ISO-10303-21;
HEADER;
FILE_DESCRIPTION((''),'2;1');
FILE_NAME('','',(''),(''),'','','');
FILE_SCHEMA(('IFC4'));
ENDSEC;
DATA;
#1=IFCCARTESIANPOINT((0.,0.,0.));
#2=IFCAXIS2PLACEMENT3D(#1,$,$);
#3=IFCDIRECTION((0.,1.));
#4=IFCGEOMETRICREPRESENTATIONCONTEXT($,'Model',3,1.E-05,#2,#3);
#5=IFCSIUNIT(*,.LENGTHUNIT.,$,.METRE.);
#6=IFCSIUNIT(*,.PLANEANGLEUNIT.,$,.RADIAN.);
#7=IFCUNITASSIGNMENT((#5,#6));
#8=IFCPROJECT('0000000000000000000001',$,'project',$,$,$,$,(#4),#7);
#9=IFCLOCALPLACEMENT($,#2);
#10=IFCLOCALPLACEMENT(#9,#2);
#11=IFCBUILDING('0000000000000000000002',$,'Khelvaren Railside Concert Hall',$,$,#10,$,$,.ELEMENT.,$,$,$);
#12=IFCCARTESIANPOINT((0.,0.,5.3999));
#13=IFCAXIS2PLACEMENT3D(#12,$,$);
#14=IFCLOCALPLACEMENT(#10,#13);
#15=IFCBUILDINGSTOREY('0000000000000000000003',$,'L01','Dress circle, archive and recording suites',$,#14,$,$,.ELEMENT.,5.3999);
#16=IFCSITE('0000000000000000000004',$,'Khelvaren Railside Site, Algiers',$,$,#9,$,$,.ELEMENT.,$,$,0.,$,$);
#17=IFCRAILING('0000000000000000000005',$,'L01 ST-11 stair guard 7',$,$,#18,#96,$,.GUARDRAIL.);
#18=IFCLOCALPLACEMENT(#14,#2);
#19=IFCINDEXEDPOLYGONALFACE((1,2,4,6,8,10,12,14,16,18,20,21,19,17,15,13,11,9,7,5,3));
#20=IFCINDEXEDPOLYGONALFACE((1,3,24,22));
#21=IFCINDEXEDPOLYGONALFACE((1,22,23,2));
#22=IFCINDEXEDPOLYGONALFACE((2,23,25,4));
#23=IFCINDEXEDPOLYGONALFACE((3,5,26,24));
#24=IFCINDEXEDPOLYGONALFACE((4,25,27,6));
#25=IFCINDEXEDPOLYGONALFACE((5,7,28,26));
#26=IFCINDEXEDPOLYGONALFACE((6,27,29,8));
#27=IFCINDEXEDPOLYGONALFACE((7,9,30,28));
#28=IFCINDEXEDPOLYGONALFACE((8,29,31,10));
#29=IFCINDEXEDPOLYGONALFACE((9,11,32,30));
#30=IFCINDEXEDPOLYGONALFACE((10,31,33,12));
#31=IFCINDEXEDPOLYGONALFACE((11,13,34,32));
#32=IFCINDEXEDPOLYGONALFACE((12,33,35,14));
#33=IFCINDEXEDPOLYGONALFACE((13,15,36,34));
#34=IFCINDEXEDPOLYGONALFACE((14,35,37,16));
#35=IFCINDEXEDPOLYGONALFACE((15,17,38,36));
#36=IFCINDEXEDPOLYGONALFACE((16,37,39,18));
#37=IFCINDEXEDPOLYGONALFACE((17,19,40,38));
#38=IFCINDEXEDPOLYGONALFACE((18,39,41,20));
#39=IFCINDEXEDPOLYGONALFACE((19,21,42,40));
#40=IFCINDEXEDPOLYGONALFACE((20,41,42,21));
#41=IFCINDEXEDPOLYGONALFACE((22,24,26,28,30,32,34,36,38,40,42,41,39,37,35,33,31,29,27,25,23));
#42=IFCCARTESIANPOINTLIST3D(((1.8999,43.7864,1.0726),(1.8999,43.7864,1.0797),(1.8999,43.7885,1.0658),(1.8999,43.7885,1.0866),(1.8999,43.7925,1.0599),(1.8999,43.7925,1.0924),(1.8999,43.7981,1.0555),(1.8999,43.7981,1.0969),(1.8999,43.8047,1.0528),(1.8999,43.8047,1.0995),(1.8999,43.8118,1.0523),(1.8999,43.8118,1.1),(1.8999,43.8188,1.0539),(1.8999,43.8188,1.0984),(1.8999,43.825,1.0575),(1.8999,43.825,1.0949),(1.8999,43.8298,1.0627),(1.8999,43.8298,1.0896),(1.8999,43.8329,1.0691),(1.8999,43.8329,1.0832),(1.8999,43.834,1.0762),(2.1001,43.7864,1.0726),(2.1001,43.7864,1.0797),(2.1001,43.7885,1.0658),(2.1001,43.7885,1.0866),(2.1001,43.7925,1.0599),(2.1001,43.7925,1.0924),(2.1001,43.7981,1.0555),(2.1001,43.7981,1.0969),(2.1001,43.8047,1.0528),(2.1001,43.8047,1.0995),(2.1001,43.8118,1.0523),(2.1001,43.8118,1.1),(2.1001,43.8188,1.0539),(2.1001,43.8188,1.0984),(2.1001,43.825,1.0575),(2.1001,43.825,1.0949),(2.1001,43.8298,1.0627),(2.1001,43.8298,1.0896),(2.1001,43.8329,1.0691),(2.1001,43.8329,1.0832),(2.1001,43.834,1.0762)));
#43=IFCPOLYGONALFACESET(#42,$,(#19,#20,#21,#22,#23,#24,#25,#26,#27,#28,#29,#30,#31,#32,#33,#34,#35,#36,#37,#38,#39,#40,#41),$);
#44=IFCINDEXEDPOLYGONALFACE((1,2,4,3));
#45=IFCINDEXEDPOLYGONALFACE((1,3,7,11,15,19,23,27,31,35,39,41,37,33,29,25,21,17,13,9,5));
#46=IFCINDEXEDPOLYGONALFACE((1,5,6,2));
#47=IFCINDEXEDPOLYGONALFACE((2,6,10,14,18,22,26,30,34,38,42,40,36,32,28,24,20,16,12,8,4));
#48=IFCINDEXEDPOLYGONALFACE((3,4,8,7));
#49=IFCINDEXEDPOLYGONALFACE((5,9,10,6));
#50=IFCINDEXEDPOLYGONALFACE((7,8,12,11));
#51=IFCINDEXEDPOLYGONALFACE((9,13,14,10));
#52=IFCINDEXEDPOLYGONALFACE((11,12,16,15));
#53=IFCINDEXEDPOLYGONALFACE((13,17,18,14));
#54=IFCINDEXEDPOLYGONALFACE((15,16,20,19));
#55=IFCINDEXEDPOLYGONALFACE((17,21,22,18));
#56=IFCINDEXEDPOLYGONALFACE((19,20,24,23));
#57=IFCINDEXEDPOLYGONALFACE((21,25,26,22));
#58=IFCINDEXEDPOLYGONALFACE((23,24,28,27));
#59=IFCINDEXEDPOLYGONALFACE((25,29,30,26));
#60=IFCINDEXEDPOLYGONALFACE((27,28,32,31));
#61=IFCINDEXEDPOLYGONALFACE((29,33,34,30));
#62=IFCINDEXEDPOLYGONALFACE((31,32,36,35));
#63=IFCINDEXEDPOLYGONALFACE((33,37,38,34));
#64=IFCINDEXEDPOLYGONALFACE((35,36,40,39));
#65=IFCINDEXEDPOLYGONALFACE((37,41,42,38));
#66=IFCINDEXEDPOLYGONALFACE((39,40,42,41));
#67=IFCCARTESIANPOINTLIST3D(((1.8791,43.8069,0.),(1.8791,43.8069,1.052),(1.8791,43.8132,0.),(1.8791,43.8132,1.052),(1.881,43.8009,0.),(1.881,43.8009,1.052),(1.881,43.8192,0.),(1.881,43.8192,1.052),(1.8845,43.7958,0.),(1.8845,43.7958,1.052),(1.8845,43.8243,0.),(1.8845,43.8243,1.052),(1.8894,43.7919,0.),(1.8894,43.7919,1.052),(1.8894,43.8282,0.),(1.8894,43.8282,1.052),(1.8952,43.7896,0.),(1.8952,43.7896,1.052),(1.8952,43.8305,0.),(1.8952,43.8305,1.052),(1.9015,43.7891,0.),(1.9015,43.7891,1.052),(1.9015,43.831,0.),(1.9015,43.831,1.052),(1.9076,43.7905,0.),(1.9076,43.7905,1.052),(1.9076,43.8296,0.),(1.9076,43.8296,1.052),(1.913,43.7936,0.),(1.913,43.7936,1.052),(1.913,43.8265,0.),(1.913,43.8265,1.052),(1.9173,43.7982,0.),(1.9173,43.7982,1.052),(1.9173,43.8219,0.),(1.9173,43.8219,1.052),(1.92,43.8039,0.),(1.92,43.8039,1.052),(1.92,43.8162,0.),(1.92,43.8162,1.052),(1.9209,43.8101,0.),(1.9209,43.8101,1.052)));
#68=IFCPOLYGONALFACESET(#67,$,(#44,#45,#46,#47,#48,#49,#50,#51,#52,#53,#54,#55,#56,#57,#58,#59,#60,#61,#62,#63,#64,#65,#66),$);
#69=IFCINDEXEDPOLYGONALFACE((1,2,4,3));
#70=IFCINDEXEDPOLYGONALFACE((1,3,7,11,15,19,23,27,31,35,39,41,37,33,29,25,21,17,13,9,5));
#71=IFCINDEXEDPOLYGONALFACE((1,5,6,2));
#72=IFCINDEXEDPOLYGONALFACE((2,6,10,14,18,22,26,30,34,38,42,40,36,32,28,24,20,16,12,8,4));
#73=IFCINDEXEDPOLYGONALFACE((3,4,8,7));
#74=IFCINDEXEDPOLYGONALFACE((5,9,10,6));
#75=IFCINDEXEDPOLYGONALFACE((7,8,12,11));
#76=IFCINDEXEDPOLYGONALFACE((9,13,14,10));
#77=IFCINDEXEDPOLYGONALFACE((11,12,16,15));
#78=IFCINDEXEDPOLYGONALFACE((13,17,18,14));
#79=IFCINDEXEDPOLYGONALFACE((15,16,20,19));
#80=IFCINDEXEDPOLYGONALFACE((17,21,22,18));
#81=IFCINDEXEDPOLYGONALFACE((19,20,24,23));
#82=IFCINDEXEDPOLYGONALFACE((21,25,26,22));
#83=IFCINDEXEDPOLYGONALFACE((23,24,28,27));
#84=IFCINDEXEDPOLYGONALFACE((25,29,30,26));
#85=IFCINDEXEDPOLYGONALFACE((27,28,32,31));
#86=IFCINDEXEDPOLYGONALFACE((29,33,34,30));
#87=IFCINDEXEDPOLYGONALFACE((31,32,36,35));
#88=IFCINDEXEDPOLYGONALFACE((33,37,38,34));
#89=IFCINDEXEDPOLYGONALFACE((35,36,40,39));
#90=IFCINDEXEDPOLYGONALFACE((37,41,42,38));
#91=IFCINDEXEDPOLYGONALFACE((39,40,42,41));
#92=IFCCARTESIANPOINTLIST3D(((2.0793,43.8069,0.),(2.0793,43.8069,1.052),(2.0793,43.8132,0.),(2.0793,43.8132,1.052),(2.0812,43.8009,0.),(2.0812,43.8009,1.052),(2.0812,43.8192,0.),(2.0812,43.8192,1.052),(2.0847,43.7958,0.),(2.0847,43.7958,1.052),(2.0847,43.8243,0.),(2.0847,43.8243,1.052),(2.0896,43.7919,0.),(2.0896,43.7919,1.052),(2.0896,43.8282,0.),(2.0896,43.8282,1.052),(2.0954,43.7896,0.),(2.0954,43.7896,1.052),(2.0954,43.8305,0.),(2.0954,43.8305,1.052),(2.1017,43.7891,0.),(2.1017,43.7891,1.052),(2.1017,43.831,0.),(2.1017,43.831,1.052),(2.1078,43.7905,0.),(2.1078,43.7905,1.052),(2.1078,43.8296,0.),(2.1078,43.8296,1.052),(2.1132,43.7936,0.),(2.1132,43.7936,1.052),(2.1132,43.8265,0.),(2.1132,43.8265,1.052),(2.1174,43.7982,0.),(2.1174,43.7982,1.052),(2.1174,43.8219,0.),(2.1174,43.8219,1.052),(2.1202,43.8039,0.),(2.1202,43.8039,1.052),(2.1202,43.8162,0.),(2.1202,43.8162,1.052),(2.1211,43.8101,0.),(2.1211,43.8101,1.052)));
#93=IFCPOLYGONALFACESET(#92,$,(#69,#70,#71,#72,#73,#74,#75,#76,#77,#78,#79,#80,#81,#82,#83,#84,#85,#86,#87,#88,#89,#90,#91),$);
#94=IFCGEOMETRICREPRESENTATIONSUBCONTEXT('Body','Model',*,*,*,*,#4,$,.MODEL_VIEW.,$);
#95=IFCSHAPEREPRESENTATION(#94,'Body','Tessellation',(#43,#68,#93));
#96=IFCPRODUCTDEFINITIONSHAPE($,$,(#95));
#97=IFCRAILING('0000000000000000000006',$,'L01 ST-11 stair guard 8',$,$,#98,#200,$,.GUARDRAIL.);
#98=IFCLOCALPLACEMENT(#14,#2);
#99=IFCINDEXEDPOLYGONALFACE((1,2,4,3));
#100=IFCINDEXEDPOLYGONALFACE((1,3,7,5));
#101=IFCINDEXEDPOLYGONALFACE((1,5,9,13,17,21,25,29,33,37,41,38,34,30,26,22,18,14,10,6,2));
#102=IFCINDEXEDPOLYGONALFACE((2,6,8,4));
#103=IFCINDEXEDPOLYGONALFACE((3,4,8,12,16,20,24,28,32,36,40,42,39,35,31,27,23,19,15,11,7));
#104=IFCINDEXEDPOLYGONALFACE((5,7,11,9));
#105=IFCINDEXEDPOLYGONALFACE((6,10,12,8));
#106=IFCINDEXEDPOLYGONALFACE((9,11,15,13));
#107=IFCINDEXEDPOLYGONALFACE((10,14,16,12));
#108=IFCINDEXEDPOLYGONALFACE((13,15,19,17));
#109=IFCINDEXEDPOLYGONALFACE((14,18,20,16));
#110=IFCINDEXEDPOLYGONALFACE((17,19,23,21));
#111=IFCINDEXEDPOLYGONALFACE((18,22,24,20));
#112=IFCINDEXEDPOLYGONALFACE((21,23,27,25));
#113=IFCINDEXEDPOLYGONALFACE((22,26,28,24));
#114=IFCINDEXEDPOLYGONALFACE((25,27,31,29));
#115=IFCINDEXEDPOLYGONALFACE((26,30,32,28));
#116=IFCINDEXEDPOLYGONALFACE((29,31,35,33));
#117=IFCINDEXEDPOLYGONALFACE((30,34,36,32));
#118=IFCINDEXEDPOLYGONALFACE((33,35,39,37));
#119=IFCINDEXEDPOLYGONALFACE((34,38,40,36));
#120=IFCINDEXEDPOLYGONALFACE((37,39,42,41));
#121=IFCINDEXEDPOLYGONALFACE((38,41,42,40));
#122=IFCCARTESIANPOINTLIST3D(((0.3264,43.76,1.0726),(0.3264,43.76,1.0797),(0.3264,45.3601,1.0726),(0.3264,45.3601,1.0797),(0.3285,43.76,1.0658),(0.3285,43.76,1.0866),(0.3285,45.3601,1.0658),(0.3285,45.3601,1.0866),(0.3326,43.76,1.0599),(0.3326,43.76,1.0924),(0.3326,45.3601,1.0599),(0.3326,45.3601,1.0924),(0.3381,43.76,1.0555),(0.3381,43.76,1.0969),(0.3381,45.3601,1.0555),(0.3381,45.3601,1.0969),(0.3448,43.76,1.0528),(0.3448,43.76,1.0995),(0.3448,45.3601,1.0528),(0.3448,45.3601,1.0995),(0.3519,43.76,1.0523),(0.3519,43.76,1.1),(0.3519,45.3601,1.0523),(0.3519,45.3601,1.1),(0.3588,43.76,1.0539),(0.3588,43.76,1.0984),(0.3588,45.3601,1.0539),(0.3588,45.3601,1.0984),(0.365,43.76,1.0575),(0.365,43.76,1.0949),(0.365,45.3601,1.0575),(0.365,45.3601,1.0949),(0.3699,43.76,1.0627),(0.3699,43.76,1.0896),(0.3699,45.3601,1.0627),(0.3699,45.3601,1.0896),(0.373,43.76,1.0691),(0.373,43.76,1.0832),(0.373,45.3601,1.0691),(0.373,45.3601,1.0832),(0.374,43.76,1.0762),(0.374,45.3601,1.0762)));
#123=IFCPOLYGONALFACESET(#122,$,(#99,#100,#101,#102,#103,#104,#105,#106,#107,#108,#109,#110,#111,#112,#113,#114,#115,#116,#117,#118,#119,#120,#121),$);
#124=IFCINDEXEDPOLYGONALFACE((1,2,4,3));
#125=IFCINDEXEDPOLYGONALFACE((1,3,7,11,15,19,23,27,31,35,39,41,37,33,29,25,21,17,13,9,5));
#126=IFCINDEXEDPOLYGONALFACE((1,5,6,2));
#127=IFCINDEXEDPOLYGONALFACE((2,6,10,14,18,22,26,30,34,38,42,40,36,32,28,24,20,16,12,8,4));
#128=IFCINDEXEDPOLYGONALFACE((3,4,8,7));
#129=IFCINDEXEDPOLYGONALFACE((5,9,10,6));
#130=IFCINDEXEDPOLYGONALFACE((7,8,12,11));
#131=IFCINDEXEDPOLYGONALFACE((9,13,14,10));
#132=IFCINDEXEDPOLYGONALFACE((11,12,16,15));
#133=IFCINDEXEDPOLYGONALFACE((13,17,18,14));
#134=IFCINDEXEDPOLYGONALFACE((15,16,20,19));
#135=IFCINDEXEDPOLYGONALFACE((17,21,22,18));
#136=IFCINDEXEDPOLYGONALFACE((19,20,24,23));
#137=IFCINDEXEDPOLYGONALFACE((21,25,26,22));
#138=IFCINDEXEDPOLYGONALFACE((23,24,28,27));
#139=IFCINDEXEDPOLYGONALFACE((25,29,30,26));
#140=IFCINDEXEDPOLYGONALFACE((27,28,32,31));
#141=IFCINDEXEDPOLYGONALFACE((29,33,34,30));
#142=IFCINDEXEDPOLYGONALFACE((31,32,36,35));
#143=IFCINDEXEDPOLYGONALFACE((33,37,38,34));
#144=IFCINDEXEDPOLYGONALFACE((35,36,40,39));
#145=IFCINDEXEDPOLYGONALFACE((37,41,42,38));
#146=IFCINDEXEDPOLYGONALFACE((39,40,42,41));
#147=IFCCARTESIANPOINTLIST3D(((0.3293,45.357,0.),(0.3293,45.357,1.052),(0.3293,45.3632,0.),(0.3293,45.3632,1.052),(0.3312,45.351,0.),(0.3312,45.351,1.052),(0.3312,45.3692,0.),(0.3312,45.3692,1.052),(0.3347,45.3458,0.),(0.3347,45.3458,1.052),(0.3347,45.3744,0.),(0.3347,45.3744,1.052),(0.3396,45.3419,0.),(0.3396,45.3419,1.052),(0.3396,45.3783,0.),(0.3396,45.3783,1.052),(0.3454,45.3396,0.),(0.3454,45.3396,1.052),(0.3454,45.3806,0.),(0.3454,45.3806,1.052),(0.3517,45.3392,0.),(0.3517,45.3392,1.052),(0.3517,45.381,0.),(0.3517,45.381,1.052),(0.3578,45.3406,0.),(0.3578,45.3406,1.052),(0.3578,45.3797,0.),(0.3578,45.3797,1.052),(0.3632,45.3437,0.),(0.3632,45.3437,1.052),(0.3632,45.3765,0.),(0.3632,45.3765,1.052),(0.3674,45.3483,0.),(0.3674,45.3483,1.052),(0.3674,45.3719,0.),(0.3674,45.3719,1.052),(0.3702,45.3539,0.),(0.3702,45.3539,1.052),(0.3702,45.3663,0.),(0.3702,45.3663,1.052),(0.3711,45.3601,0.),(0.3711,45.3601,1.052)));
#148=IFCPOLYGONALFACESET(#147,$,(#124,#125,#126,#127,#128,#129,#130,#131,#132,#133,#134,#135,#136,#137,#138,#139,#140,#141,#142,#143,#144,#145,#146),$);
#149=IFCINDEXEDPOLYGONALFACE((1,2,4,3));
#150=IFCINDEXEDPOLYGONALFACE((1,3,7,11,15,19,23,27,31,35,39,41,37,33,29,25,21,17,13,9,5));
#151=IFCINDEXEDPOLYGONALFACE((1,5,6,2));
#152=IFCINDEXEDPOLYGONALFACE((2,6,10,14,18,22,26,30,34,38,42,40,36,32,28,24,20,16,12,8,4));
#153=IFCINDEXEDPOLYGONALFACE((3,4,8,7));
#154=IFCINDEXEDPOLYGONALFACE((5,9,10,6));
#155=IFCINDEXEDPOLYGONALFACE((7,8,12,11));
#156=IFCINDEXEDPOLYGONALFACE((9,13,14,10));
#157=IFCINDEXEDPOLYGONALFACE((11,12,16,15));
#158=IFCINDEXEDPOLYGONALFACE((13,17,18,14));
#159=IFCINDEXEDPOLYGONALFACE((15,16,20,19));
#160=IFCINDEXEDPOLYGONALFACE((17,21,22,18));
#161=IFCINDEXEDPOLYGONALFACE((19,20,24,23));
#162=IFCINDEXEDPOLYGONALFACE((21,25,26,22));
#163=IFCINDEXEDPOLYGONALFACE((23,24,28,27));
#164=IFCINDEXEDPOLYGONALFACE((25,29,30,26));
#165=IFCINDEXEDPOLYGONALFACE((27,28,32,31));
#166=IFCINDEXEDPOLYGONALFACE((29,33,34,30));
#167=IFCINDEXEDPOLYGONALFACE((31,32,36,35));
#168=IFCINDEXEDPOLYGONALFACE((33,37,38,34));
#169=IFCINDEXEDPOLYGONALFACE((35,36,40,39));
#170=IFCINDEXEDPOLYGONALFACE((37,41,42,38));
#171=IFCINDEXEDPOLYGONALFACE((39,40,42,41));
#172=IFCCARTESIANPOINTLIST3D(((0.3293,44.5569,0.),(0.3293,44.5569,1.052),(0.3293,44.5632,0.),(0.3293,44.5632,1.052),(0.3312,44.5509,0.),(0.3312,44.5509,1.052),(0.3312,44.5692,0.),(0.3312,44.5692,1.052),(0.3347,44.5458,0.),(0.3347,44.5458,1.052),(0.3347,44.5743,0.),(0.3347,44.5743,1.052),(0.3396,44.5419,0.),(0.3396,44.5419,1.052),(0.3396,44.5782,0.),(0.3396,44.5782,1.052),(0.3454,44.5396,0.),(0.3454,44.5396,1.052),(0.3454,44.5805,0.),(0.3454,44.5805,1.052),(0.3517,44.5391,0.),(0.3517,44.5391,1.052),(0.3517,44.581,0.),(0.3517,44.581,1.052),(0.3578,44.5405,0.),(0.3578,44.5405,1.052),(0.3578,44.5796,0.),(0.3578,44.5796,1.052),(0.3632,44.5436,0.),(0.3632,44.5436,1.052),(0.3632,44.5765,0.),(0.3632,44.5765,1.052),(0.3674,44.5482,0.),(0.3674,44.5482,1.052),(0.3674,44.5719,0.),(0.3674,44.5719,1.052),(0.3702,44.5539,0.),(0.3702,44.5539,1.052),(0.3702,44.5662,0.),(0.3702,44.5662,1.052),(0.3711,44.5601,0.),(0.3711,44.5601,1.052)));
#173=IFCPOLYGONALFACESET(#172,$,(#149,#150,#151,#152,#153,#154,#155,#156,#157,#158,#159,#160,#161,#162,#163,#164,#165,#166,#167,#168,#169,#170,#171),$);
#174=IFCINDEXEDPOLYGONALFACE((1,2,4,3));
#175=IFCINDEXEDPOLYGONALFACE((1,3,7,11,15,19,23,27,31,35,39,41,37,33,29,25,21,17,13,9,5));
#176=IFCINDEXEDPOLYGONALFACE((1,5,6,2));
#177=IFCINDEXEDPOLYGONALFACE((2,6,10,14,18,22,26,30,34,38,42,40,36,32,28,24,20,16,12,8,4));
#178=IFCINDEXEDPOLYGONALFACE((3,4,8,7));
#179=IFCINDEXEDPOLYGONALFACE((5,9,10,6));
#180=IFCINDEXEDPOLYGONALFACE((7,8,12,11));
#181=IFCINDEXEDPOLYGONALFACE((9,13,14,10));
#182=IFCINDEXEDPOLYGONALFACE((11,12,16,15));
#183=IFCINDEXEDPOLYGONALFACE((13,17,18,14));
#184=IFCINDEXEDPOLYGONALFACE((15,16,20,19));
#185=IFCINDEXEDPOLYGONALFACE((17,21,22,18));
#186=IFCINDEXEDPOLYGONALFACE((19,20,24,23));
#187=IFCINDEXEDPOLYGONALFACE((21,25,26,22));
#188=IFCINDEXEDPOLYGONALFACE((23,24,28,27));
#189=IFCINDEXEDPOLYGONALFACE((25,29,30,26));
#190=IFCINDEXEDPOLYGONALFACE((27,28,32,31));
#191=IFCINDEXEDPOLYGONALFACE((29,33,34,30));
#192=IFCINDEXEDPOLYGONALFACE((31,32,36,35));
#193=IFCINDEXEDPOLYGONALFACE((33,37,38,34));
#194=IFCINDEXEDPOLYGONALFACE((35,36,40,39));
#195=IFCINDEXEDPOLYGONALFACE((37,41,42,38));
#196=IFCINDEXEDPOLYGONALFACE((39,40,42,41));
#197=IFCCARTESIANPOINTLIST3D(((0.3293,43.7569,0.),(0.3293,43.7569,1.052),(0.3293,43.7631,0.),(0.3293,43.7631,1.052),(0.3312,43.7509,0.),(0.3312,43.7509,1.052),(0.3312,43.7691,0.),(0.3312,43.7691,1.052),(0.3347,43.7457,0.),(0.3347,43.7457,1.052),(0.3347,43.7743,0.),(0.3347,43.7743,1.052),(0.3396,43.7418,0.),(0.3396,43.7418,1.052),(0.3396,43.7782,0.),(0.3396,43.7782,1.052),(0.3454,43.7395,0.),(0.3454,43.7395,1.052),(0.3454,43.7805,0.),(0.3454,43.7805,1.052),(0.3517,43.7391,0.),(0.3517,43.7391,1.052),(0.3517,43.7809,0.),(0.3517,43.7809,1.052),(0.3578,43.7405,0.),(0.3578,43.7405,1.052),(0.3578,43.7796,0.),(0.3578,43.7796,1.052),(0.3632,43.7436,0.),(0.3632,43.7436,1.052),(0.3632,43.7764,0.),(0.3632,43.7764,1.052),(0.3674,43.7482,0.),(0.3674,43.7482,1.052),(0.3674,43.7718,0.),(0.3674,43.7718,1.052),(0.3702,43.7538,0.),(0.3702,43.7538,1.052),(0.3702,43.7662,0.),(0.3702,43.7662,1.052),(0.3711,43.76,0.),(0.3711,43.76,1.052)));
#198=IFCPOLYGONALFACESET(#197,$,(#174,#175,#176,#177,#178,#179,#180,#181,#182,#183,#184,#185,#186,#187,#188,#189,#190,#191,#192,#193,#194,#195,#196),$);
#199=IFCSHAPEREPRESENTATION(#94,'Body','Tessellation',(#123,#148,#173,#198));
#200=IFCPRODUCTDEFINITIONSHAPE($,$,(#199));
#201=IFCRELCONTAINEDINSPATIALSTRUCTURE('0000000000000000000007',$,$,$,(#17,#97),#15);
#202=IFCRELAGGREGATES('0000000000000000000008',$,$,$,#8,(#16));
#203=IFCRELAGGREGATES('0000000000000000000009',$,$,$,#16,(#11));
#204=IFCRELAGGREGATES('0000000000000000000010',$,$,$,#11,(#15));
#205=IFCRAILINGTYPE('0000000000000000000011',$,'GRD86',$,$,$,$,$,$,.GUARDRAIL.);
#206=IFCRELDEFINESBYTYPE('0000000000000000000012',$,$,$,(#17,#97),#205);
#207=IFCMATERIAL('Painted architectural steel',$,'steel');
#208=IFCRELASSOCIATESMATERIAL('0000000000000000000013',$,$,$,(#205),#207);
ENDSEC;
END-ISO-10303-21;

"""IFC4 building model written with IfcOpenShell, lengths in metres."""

from ifc_helpers import new_model, si_unit, direction, frame, origin, origin_2d, place, context, subcontext, project, spatial, circle, extrude, material, type_object, element, save


model = new_model("IFC4")

# Units and contexts
model_context = context("Model", 3, precision=1e-05, world=origin(), true_north=direction((0.0, 1.0)))
body_context = subcontext(model_context, "Body", "Model", "MODEL_VIEW")
ifc_project = project(units=[si_unit("LENGTHUNIT", "METRE"), si_unit("PLANEANGLEUNIT", "RADIAN")], contexts=[model_context])

# Site, building, storey
site_placement = place(None, origin())
site = spatial("IfcSite", under=ifc_project, at=site_placement, Name="Khelvaren Railside Site, Algiers", CompositionType="ELEMENT", RefElevation=0.0)
building_placement = place(site_placement, origin())
building = spatial("IfcBuilding", under=site, at=building_placement, Name="Khelvaren Railside Concert Hall", CompositionType="ELEMENT")
storey_placement = place(building_placement, frame((0.0, 0.0, 5.3999)))
storey = spatial("IfcBuildingStorey", under=building, at=storey_placement, Name="L01", Description="Dress circle, archive and recording suites", CompositionType="ELEMENT", Elevation=5.3999)

# Railings
ifc_material_1 = material(Name="Painted architectural steel", Category="steel")
railing_type_1 = type_object("IfcRailingType", Name="GRD86", PredefinedType="GUARDRAIL", material=ifc_material_1)
railing_1_placement = place(storey_placement, frame((1.8999, 43.8101, 0.0)))
element("IfcRailing", 1, at=railing_1_placement, inside=storey, type_object=railing_type_1, Name="L01 ST-11 stair guard 7", PredefinedType="GUARDRAIL", context=body_context, shape_type="SweptSolid", body=[
    extrude(circle(Radius=0.0239, at=origin_2d()), frame((0.0, 0.0, 1.0762), z_axis=(1.0, 0.0, 0.0), x_axis=(0.0, 1.0, 0.0)), (0.0, 0.0, 1.0), 0.2002),
    extrude(circle(Radius=0.021, at=origin_2d()), origin(), (0.0, 0.0, 1.0), 1.052),
    extrude(circle(Radius=0.021, at=origin_2d()), frame((0.2002, 0.0, 0.0)), (0.0, 0.0, 1.0), 1.052),
])
railing_2_placement = place(storey_placement, frame((0.3501, 45.3601, 0.0)))
element("IfcRailing", 2, at=railing_2_placement, inside=storey, type_object=railing_type_1, Name="L01 ST-11 stair guard 8", PredefinedType="GUARDRAIL", context=body_context, shape_type="SweptSolid", body=[
    extrude(circle(Radius=0.0239, at=origin_2d()), frame((0.0, 0.0, 1.0762), z_axis=(0.0, -1.0, 0.0), x_axis=(1.0, 0.0, 0.0)), (0.0, 0.0, 1.0), 1.6001),
    extrude(circle(Radius=0.021, at=origin_2d()), origin(), (0.0, 0.0, 1.0), 1.052),
    extrude(circle(Radius=0.021, at=origin_2d()), frame((0.0, -0.8, 0.0)), (0.0, 0.0, 1.0), 1.052),
    extrude(circle(Radius=0.021, at=origin_2d()), frame((0.0, -1.6001, 0.0)), (0.0, 0.0, 1.0), 1.052),
])

save(model, "model.ifc")
